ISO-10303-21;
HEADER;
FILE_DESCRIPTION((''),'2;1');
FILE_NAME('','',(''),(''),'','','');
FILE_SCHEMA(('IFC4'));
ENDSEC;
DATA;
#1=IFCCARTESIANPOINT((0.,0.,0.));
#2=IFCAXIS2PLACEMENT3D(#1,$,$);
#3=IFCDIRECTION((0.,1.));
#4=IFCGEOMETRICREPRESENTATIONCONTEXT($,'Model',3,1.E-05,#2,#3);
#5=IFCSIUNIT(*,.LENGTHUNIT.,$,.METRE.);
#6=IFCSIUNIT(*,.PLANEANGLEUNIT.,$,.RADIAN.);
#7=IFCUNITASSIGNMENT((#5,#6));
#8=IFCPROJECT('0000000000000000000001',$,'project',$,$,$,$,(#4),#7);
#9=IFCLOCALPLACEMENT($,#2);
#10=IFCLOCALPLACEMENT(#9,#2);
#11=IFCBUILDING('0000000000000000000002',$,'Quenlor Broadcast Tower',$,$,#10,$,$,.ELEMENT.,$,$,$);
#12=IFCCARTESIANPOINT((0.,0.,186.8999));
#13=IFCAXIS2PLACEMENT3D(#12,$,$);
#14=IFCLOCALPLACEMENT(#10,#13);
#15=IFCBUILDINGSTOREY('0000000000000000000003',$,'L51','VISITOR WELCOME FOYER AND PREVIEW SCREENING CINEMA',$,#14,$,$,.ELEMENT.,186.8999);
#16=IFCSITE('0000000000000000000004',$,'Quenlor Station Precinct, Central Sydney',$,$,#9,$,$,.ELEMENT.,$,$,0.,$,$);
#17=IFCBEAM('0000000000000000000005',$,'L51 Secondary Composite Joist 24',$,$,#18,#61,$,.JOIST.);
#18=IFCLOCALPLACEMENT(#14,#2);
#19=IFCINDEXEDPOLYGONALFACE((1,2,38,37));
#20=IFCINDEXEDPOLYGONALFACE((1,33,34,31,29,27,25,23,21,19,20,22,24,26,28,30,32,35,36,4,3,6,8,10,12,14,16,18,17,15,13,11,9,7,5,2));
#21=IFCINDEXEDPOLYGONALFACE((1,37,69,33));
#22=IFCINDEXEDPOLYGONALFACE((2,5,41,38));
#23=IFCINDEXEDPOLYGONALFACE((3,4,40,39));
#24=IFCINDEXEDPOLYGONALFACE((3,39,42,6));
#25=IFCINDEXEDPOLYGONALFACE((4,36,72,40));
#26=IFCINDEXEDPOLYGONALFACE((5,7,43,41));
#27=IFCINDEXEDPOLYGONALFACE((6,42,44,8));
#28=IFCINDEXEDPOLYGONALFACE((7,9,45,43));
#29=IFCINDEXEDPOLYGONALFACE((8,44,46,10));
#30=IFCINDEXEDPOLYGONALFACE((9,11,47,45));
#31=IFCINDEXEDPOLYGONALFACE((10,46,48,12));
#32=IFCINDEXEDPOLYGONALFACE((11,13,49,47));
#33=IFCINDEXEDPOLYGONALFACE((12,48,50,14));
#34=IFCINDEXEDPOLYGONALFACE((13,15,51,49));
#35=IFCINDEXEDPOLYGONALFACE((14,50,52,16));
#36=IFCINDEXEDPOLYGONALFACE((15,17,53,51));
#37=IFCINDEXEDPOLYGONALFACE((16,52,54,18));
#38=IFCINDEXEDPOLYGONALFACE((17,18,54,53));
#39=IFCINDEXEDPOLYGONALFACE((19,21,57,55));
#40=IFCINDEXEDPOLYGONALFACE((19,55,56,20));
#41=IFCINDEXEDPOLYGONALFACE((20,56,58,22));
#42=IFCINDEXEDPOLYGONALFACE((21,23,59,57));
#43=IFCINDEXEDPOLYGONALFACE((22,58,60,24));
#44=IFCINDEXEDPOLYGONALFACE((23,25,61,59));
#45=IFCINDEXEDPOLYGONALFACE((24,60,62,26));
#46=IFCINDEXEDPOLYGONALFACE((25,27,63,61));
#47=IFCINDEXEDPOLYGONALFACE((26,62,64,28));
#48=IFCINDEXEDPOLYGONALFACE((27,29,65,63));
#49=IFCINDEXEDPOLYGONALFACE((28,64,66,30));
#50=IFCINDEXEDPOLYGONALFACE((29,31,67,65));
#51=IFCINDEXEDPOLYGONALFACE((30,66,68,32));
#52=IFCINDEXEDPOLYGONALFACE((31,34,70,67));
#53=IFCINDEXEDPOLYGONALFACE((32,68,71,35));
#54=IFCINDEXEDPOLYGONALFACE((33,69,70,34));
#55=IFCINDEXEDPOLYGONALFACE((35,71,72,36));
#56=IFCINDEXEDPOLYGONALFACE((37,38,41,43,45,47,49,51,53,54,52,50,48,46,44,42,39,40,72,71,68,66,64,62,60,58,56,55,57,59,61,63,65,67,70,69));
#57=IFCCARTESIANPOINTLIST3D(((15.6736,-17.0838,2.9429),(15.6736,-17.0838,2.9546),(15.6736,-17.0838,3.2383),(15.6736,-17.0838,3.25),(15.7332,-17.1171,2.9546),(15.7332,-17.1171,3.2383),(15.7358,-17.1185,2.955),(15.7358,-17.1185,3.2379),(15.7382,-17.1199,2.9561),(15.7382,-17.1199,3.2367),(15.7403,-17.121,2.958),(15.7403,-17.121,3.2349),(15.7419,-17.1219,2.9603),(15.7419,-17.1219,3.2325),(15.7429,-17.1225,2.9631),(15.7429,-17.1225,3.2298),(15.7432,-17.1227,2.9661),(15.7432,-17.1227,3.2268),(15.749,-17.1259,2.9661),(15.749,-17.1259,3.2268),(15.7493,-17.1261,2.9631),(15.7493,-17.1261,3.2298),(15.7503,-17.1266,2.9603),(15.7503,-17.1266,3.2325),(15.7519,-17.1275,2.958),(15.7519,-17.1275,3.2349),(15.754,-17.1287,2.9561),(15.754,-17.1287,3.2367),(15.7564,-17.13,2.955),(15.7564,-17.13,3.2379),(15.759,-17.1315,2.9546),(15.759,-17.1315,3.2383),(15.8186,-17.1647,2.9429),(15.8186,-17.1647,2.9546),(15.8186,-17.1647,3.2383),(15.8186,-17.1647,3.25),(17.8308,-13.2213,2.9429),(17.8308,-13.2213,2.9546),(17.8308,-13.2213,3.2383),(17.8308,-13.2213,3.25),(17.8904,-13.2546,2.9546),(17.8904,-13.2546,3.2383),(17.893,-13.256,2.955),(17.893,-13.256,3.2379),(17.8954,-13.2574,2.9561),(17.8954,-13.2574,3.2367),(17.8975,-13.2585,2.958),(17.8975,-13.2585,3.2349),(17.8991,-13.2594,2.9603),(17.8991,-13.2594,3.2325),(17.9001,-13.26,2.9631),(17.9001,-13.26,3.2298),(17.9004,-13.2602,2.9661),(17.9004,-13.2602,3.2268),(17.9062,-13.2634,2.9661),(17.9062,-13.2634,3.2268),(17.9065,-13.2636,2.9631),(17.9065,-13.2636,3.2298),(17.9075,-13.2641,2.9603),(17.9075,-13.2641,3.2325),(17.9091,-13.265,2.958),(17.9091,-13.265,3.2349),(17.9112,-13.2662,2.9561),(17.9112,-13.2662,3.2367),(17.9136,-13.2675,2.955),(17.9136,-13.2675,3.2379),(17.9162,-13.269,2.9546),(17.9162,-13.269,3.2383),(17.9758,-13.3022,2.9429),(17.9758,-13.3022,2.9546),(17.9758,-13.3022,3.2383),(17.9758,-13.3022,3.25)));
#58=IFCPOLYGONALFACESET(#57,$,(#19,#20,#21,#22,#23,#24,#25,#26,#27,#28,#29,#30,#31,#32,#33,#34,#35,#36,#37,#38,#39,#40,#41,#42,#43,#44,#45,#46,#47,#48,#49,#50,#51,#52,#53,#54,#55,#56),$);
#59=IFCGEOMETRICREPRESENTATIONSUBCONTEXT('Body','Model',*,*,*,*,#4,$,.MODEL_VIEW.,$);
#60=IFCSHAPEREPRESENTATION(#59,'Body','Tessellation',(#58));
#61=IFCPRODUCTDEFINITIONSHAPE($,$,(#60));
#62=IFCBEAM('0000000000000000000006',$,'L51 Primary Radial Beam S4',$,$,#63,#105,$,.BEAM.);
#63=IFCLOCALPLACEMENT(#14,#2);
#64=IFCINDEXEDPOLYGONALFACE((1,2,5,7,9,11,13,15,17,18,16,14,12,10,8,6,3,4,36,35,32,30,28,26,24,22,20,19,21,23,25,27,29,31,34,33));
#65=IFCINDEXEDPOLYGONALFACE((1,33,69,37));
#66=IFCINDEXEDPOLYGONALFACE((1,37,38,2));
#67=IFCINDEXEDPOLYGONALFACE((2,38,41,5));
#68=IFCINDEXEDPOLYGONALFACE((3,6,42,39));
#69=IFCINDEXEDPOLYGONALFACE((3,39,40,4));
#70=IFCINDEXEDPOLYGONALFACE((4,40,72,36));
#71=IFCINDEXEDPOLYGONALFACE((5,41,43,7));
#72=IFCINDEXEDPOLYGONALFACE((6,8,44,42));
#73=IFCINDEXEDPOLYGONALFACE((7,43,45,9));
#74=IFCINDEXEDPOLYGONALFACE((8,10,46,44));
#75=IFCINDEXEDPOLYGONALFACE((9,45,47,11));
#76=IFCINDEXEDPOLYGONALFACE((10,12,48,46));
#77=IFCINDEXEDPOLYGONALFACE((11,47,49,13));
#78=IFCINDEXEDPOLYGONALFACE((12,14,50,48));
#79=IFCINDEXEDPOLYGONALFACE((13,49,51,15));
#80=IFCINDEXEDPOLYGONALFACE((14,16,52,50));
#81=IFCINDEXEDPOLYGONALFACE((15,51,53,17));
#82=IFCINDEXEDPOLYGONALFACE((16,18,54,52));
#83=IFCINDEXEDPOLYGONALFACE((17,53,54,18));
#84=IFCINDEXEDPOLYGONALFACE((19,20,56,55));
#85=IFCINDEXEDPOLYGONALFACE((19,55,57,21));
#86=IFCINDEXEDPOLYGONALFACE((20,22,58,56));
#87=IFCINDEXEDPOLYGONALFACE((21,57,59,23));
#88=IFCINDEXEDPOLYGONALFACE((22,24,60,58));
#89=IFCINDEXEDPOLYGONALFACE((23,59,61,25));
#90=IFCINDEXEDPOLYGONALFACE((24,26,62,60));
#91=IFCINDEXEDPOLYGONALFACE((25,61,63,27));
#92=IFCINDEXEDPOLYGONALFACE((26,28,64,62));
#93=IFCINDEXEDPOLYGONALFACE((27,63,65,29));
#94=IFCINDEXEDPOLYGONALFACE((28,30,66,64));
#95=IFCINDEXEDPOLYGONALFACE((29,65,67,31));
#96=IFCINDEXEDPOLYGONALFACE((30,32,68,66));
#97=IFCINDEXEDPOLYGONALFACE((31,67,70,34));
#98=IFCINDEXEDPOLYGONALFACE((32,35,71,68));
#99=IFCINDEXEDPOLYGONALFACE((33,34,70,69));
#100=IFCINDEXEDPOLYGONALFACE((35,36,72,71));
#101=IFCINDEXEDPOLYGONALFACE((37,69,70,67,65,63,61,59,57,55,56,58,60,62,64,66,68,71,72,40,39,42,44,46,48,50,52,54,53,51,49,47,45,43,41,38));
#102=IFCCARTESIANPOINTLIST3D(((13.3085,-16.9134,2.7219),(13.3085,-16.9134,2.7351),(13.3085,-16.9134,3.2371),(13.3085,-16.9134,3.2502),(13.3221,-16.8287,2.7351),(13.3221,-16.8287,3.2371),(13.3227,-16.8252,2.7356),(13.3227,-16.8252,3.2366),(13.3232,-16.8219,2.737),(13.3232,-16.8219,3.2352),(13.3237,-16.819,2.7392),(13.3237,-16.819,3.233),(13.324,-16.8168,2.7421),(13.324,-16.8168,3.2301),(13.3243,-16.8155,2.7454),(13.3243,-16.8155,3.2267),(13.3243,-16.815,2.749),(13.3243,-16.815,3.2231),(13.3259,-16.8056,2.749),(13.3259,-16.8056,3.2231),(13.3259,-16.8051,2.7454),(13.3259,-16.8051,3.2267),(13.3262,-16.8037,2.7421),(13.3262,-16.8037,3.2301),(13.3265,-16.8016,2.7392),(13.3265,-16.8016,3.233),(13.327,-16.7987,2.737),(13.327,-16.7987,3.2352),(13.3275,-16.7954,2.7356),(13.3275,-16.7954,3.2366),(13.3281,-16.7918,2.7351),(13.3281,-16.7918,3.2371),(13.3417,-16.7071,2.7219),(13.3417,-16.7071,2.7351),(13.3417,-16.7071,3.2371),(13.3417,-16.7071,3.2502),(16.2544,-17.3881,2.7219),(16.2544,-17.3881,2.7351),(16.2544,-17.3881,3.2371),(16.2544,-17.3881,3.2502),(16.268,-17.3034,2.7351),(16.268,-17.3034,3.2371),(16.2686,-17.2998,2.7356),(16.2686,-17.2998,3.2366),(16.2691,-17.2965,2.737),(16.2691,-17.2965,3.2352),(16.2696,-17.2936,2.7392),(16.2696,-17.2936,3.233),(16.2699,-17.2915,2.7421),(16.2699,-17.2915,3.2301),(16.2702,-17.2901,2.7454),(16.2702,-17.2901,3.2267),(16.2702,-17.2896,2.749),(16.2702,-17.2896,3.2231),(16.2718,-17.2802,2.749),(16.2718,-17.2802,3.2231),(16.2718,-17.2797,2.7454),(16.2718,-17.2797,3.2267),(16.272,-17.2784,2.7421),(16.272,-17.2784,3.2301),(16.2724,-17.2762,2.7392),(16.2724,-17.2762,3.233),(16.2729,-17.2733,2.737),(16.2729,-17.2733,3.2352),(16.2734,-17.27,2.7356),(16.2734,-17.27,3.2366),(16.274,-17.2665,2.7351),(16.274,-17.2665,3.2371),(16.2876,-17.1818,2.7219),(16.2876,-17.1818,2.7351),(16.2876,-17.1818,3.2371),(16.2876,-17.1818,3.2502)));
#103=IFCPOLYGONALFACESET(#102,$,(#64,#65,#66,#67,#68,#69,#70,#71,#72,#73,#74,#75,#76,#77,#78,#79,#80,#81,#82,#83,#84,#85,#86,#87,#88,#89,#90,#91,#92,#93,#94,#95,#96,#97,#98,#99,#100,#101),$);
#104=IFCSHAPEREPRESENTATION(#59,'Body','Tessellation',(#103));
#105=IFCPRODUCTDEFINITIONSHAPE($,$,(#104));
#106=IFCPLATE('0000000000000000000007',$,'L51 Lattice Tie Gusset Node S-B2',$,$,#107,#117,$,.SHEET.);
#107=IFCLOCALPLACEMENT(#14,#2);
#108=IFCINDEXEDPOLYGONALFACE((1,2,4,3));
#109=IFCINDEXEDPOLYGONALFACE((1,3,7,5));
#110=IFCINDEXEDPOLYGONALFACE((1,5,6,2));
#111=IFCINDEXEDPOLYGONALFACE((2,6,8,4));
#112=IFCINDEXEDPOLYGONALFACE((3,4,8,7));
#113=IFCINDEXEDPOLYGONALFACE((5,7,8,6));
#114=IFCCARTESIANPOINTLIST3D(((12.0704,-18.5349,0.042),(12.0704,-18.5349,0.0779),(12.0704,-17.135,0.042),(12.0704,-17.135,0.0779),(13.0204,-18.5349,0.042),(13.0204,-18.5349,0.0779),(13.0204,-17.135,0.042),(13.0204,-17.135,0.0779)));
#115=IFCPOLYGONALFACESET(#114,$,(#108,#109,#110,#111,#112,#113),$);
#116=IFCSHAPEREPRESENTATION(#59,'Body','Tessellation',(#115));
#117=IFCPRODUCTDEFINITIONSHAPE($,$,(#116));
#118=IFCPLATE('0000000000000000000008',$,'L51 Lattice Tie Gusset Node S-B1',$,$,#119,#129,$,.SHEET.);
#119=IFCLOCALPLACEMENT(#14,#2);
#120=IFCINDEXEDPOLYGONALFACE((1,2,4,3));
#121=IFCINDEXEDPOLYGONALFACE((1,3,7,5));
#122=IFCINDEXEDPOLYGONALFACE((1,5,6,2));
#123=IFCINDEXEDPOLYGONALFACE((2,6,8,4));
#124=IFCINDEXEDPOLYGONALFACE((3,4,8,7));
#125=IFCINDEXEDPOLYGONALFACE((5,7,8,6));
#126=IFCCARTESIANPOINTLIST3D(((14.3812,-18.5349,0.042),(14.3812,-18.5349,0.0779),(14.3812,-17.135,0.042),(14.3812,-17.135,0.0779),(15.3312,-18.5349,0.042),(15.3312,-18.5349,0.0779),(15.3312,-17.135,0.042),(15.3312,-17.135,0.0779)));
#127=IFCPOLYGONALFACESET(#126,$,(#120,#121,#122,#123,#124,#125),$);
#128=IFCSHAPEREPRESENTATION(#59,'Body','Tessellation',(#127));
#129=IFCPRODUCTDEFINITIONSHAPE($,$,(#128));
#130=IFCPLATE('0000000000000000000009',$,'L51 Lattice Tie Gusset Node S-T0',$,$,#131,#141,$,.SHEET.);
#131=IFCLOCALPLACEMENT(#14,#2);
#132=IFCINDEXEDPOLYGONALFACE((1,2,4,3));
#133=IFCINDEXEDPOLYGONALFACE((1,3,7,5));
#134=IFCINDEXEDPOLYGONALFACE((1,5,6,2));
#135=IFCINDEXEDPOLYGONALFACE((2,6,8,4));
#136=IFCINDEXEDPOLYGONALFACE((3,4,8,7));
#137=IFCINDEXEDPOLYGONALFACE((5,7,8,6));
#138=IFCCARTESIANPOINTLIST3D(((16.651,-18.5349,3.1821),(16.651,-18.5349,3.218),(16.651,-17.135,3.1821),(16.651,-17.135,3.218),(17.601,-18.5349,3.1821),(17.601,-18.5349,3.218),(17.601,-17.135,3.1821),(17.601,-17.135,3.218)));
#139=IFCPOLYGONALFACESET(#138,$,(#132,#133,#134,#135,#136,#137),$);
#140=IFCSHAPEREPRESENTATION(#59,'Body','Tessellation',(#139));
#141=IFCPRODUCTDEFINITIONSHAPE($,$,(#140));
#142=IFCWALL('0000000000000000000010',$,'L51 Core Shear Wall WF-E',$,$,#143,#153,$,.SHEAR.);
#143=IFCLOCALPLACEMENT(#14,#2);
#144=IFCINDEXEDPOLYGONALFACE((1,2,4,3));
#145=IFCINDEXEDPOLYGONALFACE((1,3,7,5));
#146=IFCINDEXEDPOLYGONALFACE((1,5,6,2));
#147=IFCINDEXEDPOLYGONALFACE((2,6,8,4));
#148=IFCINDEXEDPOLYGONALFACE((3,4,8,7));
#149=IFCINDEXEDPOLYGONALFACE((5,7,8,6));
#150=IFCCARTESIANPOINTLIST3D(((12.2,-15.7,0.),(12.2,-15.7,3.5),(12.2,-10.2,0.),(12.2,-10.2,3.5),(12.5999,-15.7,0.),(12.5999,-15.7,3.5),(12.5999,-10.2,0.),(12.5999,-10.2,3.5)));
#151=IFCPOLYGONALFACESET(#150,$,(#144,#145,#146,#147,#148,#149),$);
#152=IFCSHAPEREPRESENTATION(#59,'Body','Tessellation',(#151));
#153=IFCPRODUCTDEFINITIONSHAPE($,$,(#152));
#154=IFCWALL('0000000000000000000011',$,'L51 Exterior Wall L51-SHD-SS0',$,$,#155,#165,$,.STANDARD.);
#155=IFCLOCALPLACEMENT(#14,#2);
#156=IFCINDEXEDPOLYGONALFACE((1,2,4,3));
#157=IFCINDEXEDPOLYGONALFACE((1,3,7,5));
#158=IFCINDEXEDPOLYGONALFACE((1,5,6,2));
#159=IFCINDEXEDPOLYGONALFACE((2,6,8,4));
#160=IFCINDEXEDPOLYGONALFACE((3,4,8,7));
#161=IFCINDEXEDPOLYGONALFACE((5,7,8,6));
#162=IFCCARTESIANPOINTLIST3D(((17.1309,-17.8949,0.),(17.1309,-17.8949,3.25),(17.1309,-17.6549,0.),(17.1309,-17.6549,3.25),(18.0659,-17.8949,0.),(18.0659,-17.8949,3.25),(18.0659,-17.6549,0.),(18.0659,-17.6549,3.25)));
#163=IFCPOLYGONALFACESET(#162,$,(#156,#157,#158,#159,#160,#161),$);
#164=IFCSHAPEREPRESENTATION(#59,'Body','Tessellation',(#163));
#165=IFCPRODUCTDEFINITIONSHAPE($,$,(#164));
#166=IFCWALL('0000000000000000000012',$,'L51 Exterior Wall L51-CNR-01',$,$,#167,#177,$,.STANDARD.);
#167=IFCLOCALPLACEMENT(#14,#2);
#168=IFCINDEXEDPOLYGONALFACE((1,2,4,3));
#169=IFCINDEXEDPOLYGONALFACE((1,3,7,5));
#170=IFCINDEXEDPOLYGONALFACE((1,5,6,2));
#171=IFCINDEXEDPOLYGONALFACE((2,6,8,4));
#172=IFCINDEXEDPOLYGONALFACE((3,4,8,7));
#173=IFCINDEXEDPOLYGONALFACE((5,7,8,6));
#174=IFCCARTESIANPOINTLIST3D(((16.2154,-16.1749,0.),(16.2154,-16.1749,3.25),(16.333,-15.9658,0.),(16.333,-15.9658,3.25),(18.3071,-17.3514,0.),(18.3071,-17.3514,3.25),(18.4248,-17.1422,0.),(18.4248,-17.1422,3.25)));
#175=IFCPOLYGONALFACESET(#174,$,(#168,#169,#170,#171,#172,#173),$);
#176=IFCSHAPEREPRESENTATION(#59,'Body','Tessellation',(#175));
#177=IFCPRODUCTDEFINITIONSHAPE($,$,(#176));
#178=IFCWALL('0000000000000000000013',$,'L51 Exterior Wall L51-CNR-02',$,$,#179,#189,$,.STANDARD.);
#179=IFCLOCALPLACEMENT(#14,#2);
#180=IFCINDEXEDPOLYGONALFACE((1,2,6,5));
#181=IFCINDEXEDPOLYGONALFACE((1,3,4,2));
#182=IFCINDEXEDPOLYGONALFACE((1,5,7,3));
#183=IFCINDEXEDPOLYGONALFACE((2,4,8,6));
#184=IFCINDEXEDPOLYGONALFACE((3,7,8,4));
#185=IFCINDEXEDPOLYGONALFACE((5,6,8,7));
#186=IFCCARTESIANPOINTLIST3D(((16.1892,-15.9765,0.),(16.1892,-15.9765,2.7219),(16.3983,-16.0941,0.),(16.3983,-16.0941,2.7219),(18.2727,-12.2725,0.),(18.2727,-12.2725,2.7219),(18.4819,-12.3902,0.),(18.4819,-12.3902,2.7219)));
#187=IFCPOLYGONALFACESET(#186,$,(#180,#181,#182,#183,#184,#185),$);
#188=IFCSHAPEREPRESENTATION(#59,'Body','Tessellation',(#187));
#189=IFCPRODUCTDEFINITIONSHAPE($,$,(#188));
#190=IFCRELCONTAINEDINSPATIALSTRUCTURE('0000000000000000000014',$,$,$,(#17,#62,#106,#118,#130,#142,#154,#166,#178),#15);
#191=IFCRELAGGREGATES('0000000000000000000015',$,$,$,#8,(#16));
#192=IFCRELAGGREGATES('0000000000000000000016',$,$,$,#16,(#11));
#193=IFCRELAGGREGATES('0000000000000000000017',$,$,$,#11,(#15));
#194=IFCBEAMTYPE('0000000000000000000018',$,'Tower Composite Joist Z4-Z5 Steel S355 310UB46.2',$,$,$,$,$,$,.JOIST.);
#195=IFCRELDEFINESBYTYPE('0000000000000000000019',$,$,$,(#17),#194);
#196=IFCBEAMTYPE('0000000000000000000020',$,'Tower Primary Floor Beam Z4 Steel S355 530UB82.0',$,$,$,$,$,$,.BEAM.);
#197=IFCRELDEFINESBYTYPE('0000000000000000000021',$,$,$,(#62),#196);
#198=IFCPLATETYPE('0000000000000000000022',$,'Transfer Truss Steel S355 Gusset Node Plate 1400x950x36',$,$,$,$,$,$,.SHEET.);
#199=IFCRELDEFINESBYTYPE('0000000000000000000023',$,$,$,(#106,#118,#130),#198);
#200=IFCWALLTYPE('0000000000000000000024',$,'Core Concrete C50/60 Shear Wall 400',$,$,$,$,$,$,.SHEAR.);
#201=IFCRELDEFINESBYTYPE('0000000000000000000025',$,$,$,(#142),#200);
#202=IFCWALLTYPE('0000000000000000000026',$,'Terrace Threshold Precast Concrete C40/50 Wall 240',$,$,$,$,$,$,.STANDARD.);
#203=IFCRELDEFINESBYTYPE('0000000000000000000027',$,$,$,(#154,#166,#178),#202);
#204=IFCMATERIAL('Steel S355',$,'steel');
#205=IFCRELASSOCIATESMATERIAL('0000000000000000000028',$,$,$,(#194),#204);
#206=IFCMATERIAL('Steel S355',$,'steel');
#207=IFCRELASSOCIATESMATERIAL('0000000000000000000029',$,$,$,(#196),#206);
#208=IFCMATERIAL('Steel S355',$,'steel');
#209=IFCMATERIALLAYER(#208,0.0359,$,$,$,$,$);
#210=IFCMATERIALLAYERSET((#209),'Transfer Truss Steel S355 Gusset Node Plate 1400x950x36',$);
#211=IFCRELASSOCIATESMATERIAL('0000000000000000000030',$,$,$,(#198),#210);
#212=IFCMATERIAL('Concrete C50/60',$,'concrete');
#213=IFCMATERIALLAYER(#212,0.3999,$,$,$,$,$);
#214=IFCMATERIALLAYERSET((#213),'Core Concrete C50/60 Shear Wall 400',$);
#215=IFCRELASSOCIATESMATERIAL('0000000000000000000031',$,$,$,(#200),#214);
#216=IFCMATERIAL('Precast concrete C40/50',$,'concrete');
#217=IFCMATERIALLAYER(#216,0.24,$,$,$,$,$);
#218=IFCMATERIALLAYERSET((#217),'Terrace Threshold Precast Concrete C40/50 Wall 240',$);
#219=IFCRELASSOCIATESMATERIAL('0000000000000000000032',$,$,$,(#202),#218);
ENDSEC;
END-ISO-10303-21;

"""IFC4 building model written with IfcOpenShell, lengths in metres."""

from ifc_helpers import new_model, si_unit, direction, frame, frame_2d, origin, origin_2d, place, context, subcontext, project, spatial, rectangle, i_section, extrude, material, layer, layer_set, material_profile, profile_set, type_object, element, save


model = new_model("IFC4")

# Units and contexts
model_context = context("Model", 3, precision=1e-05, world=origin(), true_north=direction((0.0, 1.0)))
body_context = subcontext(model_context, "Body", "Model", "MODEL_VIEW")
ifc_project = project(units=[si_unit("LENGTHUNIT", "METRE"), si_unit("PLANEANGLEUNIT", "RADIAN")], contexts=[model_context])

# Site, building, storey
site_placement = place(None, origin())
site = spatial("IfcSite", under=ifc_project, at=site_placement, Name="Quenlor Station Precinct, Central Sydney", CompositionType="ELEMENT", RefElevation=0.0)
building_placement = place(site_placement, origin())
building = spatial("IfcBuilding", under=site, at=building_placement, Name="Quenlor Broadcast Tower", CompositionType="ELEMENT")
storey_placement = place(building_placement, frame((0.0, 0.0, 186.8999)))
storey = spatial("IfcBuildingStorey", under=building, at=storey_placement, Name="L51", Description="VISITOR WELCOME FOYER AND PREVIEW SCREENING CINEMA", CompositionType="ELEMENT", Elevation=186.8999)

# Beams
ifc_material_1 = material(Name="Steel S355", Category="steel")
ifc_material_profile_1 = material_profile(ifc_material_1, i_section(OverallWidth=0.166, OverallDepth=0.3071, WebThickness=0.0066, FlangeThickness=0.0117, FilletRadius=0.0115, at=origin_2d()))
ifc_profile_set_1 = profile_set([ifc_material_profile_1], Name="Steel S355 310UB46.2")
beam_type_1 = type_object("IfcBeamType", Name="Tower Composite Joist Z4-Z5 Steel S355 310UB46.2", PredefinedType="JOIST", material=ifc_profile_set_1)
beam_1_placement = place(storey_placement, frame((15.7461, -17.1243, 3.0964), z_axis=(0.487605, 0.873064, 0.0), x_axis=(-0.873064, 0.487605, 0.0)))
element("IfcBeam", 1, at=beam_1_placement, inside=storey, type_object=beam_type_1, Name="L51 Secondary Composite Joist 24", PredefinedType="JOIST", context=body_context, shape_type="SweptSolid", body=[
    extrude(i_section(OverallWidth=0.166, OverallDepth=0.3071, WebThickness=0.0066, FlangeThickness=0.0117, FilletRadius=0.0115, at=origin_2d()), origin(), (0.0, 0.0, 1.0), 4.4241),
])
ifc_material_2 = material(Name="Steel S355", Category="steel")
ifc_material_profile_2 = material_profile(ifc_material_2, i_section(OverallWidth=0.209, OverallDepth=0.5283, WebThickness=0.0095, FlangeThickness=0.0132, FilletRadius=0.0139, at=origin_2d()))
ifc_profile_set_2 = profile_set([ifc_material_profile_2], Name="Steel S355 530UB82.0")
beam_type_2 = type_object("IfcBeamType", Name="Tower Primary Floor Beam Z4 Steel S355 530UB82.0", PredefinedType="BEAM", material=ifc_profile_set_2)
beam_2_placement = place(storey_placement, frame((16.271, -17.2849, 2.9861), z_axis=(-0.987268, 0.159063, 0.0), x_axis=(-0.159063, -0.987268, 0.0)))
element("IfcBeam", 2, at=beam_2_placement, inside=storey, type_object=beam_type_2, Name="L51 Primary Radial Beam S4", PredefinedType="BEAM", context=body_context, shape_type="SweptSolid", body=[
    extrude(i_section(OverallWidth=0.209, OverallDepth=0.5283, WebThickness=0.0095, FlangeThickness=0.0132, FilletRadius=0.0139, at=origin_2d()), origin(), (0.0, 0.0, 1.0), 2.9839),
])

# Plates
ifc_material_3 = material(Name="Steel S355", Category="steel")
ifc_layer_1 = layer(ifc_material_3, 0.0359)
ifc_layer_set_1 = layer_set([ifc_layer_1], Name="Transfer Truss Steel S355 Gusset Node Plate 1400x950x36")
plate_type = type_object("IfcPlateType", Name="Transfer Truss Steel S355 Gusset Node Plate 1400x950x36", PredefinedType="SHEET", material=ifc_layer_set_1)
for number, where, z_axis, x_axis, name in (
    (3, (12.5454, -17.835, 0.042), (0.0, 0.0, 1.0), (0.0, -1.0, 0.0), "L51 Lattice Tie Gusset Node S-B2"),
    (4, (14.8562, -17.835, 0.042), (0.0, 0.0, 1.0), (0.0, -1.0, 0.0), "L51 Lattice Tie Gusset Node S-B1"),
    (5, (17.126, -17.835, 3.1821), (0.0, 0.0, 1.0), (0.0, -1.0, 0.0), "L51 Lattice Tie Gusset Node S-T0"),
):
    element("IfcPlate", number, at=place(storey_placement, frame(where, z_axis=z_axis, x_axis=x_axis)), inside=storey, type_object=plate_type, Name=name, PredefinedType="SHEET", context=body_context, shape_type="SweptSolid", body=[
        extrude(rectangle(XDim=1.3999, YDim=0.95, at=origin_2d()), origin(), (0.0, 0.0, 1.0), 0.0359),
    ])

# Walls
ifc_material_4 = material(Name="Concrete C50/60", Category="concrete")
ifc_layer_2 = layer(ifc_material_4, 0.3999)
ifc_layer_set_2 = layer_set([ifc_layer_2], Name="Core Concrete C50/60 Shear Wall 400")
wall_type_1 = type_object("IfcWallType", Name="Core Concrete C50/60 Shear Wall 400", PredefinedType="SHEAR", material=ifc_layer_set_2)
wall_1_placement = place(storey_placement, frame((12.3999, -15.7, 0.0), z_axis=(0.0, 0.0, 1.0), x_axis=(0.0, 1.0, 0.0)))
element("IfcWall", 6, at=wall_1_placement, inside=storey, type_object=wall_type_1, Name="L51 Core Shear Wall WF-E", PredefinedType="SHEAR", context=body_context, shape_type="SweptSolid", body=[
    extrude(rectangle(XDim=5.5, YDim=0.3999, at=frame_2d((2.75, 0.0))), origin(), (0.0, 0.0, 1.0), 3.5),
])
ifc_material_5 = material(Name="Precast concrete C40/50", Category="concrete")
ifc_layer_3 = layer(ifc_material_5, 0.24)
ifc_layer_set_3 = layer_set([ifc_layer_3], Name="Terrace Threshold Precast Concrete C40/50 Wall 240")
wall_type_2 = type_object("IfcWallType", Name="Terrace Threshold Precast Concrete C40/50 Wall 240", PredefinedType="STANDARD", material=ifc_layer_set_3)
wall_2_placement = place(storey_placement, frame((18.0659, -17.7749, 0.0), z_axis=(0.0, 0.0, 1.0), x_axis=(-1.0, 0.0, 0.0)))
element("IfcWall", 7, at=wall_2_placement, inside=storey, type_object=wall_type_2, Name="L51 Exterior Wall L51-SHD-SS0", PredefinedType="STANDARD", context=body_context, shape_type="SweptSolid", body=[
    extrude(rectangle(XDim=0.9351, YDim=0.24, at=frame_2d((0.4675, 0.0))), origin(), (0.0, 0.0, 1.0), 3.25),
])
wall_3_placement = place(storey_placement, frame((18.366, -17.2468, 0.0), z_axis=(0.0, 0.0, 1.0), x_axis=(-0.871597, 0.490223, 0.0)))
element("IfcWall", 8, at=wall_3_placement, inside=storey, type_object=wall_type_2, Name="L51 Exterior Wall L51-CNR-01", PredefinedType="STANDARD", context=body_context, shape_type="SweptSolid", body=[
    extrude(rectangle(XDim=2.3999, YDim=0.24, at=frame_2d((1.2, 0.0))), origin(), (0.0, 0.0, 1.0), 3.25),
])
wall_4_placement = place(storey_placement, frame((16.2937, -16.0354, 0.0), z_axis=(0.0, 0.0, 1.0), x_axis=(0.490275, 0.871568, 0.0)))
element("IfcWall", 9, at=wall_4_placement, inside=storey, type_object=wall_type_2, Name="L51 Exterior Wall L51-CNR-02", PredefinedType="STANDARD", context=body_context, shape_type="SweptSolid", body=[
    extrude(rectangle(XDim=4.2498, YDim=0.24, at=frame_2d((2.125, 0.0))), origin(), (0.0, 0.0, 1.0), 2.7219),
])

save(model, "model.ifc")
